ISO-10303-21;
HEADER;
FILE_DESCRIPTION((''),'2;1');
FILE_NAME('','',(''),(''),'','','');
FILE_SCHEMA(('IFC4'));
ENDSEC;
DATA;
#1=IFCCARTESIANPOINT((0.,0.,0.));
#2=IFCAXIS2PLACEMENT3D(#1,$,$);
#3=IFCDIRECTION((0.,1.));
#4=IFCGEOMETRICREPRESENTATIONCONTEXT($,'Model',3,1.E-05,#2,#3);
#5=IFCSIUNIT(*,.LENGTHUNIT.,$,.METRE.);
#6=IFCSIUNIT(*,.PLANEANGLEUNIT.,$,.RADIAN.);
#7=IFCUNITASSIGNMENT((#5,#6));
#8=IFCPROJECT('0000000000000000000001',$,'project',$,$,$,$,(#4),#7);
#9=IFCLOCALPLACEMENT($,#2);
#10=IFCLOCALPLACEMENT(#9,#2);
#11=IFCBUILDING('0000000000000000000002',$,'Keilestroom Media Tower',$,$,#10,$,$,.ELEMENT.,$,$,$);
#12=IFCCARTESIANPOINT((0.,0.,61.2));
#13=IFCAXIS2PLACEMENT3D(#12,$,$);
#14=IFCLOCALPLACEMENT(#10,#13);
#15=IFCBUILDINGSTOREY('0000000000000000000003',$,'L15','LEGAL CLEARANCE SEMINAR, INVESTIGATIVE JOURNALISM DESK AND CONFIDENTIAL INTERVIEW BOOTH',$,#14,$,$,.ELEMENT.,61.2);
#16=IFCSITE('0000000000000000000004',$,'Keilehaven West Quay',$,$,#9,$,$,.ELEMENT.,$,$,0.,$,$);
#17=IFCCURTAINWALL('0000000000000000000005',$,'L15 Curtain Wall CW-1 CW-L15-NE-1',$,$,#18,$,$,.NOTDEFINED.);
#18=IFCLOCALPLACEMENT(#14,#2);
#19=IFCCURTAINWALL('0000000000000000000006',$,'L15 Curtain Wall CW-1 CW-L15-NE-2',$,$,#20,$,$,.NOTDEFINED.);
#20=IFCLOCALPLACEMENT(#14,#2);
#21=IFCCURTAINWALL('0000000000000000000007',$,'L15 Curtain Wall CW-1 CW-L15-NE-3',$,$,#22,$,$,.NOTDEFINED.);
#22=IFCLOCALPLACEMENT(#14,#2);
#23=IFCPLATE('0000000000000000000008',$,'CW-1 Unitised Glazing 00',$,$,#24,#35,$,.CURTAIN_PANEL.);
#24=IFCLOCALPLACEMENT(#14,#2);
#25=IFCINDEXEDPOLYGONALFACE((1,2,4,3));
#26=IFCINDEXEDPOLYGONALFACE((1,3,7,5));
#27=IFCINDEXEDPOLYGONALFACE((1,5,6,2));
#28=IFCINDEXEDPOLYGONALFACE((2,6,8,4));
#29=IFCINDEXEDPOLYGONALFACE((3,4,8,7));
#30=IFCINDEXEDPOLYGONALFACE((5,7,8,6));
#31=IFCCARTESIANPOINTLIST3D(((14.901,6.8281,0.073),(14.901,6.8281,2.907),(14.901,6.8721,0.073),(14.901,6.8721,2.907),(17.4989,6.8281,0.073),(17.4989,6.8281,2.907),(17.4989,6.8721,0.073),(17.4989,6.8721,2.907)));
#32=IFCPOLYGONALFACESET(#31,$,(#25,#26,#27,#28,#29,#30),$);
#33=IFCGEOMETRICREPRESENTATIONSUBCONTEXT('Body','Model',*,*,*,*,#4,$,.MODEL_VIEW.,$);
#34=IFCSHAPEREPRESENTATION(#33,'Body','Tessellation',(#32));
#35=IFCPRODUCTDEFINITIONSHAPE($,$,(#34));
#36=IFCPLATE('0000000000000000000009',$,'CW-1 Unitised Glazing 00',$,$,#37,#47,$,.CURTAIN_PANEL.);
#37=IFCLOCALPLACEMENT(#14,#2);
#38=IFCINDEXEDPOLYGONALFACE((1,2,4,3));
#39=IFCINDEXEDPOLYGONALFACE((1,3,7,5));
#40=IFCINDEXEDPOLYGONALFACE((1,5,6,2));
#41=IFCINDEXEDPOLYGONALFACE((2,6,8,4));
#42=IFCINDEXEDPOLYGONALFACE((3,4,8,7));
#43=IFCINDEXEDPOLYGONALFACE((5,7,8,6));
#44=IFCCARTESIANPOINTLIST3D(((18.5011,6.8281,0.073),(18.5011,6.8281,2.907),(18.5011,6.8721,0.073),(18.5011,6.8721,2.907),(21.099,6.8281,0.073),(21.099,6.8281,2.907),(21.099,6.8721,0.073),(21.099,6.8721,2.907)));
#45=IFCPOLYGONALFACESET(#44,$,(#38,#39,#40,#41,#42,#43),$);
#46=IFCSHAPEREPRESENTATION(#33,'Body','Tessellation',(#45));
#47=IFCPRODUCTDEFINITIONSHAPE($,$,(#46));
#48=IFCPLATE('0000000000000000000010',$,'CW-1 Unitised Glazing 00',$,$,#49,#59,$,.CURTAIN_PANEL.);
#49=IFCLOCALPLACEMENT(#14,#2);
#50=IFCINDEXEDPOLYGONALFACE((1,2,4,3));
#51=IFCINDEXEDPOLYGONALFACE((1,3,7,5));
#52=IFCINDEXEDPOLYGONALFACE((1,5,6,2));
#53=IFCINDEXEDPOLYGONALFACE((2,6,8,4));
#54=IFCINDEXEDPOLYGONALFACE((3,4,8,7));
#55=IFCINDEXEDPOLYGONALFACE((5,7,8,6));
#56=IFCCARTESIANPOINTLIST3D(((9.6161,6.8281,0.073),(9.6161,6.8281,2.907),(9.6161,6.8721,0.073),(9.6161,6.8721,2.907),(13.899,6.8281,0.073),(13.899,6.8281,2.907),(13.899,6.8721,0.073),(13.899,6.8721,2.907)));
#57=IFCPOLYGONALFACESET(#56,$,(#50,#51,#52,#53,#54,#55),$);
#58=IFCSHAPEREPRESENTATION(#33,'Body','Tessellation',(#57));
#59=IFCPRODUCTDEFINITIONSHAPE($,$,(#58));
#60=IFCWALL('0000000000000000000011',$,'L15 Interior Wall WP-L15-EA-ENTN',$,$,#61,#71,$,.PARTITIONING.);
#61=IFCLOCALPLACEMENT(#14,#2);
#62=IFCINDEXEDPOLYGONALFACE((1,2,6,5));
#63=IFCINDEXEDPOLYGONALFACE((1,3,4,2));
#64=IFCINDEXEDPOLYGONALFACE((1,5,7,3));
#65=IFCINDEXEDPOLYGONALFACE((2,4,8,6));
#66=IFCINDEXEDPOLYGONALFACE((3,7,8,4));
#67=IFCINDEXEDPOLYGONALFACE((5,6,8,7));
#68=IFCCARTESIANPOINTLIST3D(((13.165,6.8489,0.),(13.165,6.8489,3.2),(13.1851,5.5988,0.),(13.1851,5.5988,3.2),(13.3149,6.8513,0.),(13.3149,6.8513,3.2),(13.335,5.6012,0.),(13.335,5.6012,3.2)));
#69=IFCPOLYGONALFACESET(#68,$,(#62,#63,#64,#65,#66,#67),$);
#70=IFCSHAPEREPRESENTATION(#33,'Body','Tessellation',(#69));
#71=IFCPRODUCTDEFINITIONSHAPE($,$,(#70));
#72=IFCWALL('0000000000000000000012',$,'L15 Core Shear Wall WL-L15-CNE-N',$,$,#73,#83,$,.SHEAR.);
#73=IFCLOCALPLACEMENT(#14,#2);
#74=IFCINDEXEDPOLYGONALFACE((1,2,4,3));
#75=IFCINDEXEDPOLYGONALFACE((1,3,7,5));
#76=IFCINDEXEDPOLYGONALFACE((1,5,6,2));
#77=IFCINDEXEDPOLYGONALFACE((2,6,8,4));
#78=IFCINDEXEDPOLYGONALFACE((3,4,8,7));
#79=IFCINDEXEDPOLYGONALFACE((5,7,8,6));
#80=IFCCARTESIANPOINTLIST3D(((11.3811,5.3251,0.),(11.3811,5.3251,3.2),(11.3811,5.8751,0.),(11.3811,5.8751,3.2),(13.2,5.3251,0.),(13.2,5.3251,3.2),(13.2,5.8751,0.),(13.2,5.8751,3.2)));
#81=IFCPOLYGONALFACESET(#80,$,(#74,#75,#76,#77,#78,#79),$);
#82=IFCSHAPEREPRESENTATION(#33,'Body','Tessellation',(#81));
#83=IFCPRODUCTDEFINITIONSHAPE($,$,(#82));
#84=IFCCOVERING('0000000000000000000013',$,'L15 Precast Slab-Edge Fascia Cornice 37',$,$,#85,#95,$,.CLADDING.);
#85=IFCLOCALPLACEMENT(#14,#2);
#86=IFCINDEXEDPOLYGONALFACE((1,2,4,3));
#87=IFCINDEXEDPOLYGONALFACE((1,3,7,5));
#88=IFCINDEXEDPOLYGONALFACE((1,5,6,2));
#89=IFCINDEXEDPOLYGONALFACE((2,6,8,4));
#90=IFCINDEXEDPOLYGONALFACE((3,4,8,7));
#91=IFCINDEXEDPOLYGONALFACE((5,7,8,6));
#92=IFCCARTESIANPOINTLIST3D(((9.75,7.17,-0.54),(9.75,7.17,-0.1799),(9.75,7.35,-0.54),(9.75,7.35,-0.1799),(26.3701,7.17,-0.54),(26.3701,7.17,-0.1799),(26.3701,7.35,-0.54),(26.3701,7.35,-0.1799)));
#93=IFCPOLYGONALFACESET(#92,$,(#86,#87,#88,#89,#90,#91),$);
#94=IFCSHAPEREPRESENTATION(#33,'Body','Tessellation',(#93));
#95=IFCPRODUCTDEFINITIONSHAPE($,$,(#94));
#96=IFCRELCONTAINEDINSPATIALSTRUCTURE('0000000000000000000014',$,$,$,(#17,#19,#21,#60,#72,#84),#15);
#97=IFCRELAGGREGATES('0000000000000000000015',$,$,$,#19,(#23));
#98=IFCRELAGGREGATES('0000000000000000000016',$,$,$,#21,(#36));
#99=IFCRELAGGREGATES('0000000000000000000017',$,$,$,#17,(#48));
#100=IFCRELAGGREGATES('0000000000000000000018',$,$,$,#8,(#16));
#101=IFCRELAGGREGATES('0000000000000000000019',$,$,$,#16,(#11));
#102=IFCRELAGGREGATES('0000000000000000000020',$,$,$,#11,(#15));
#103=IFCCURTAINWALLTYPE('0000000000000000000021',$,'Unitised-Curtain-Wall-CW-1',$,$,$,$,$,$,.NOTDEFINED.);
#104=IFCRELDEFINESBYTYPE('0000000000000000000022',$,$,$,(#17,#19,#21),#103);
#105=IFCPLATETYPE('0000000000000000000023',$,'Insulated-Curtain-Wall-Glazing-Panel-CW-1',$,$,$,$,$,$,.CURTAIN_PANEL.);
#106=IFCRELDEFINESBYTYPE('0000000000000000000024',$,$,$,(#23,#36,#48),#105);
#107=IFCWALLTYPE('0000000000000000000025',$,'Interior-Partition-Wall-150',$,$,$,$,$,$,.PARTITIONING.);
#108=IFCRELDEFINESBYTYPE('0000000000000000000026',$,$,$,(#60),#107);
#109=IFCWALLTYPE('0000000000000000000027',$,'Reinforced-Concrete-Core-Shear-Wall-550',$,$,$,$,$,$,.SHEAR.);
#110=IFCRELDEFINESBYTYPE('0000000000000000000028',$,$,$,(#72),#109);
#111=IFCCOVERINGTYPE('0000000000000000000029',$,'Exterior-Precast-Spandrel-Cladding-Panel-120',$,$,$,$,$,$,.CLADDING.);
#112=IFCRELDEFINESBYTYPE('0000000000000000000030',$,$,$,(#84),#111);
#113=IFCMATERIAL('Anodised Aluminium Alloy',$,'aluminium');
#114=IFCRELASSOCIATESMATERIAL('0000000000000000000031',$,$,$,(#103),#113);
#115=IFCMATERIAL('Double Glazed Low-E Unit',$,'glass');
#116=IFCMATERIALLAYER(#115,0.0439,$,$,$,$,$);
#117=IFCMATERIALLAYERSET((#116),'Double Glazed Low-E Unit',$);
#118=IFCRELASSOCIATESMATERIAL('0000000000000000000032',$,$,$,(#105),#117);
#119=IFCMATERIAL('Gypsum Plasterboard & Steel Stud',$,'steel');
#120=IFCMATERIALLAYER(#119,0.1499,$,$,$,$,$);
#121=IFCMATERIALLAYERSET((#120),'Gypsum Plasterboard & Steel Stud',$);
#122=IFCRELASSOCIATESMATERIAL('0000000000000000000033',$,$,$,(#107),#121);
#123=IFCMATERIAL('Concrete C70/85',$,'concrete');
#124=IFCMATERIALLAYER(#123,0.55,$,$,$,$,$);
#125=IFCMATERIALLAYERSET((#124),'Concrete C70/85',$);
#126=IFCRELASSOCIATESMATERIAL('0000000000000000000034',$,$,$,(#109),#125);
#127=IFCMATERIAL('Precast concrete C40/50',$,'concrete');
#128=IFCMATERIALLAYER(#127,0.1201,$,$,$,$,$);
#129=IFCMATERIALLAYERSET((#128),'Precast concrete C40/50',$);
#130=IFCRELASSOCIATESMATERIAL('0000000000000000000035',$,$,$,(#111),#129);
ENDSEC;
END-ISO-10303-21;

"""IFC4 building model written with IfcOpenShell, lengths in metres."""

from ifc_helpers import new_model, si_unit, direction, frame, frame_2d, origin, origin_2d, place, context, subcontext, project, spatial, rectangle, extrude, source, transform, mapped, material, layer, layer_set, type_object, element, aggregate, save


model = new_model("IFC4")

# Units and contexts
model_context = context("Model", 3, precision=1e-05, world=origin(), true_north=direction((0.0, 1.0)))
body_context = subcontext(model_context, "Body", "Model", "MODEL_VIEW")
ifc_project = project(units=[si_unit("LENGTHUNIT", "METRE"), si_unit("PLANEANGLEUNIT", "RADIAN")], contexts=[model_context])

# Site, building, storey
site_placement = place(None, origin())
site = spatial("IfcSite", under=ifc_project, at=site_placement, Name="Keilehaven West Quay", CompositionType="ELEMENT", RefElevation=0.0)
building_placement = place(site_placement, origin())
building = spatial("IfcBuilding", under=site, at=building_placement, Name="Keilestroom Media Tower", CompositionType="ELEMENT")
storey_placement = place(building_placement, frame((0.0, 0.0, 61.2)))
storey = spatial("IfcBuildingStorey", under=building, at=storey_placement, Name="L15", Description="LEGAL CLEARANCE SEMINAR, INVESTIGATIVE JOURNALISM DESK AND CONFIDENTIAL INTERVIEW BOOTH", CompositionType="ELEMENT", Elevation=61.2)

# Shared definitions
ifc_material_1 = material(Name="Precast concrete C40/50", Category="concrete")

# Curtain wall
ifc_material_2 = material(Name="Anodised Aluminium Alloy", Category="aluminium")
curtain_wall_type = type_object("IfcCurtainWallType", Name="Unitised-Curtain-Wall-CW-1", PredefinedType="NOTDEFINED", material=ifc_material_2)
curtain_wall_1_placement = place(storey_placement, origin())
curtain_wall_1 = element("IfcCurtainWall", 1, at=curtain_wall_1_placement, inside=storey, type_object=curtain_wall_type, Name="L15 Curtain Wall CW-1 CW-L15-NE-1", PredefinedType="NOTDEFINED")

# Curtain walls
curtain_wall_2_placement = place(storey_placement, origin())
curtain_wall_2 = element("IfcCurtainWall", 2, at=curtain_wall_2_placement, inside=storey, type_object=curtain_wall_type, Name="L15 Curtain Wall CW-1 CW-L15-NE-2", PredefinedType="NOTDEFINED")
curtain_wall_3_placement = place(storey_placement, origin())
curtain_wall_3 = element("IfcCurtainWall", 3, at=curtain_wall_3_placement, inside=storey, type_object=curtain_wall_type, Name="L15 Curtain Wall CW-1 CW-L15-NE-3", PredefinedType="NOTDEFINED")

# Plates
ifc_material_3 = material(Name="Double Glazed Low-E Unit", Category="glass")
ifc_layer_1 = layer(ifc_material_3, 0.0439)
ifc_layer_set_1 = layer_set([ifc_layer_1], Name="Double Glazed Low-E Unit")
plate_type = type_object("IfcPlateType", Name="Insulated-Curtain-Wall-Glazing-Panel-CW-1", PredefinedType="CURTAIN_PANEL", material=ifc_layer_set_1)
shared_shape_1 = source(origin(), body_context, "Body", "SweptSolid", [
    extrude(rectangle(XDim=2.5979, YDim=0.0439, at=origin_2d()), origin(), (0.0, 0.0, 1.0), 2.834),
])
plate_1_placement = place(storey_placement, frame((16.2, 6.8501, 0.073), z_axis=(0.0, 0.0, 1.0), x_axis=(1.0, 0.0, 0.0)))
plate_1 = element("IfcPlate", 4, at=plate_1_placement, type_object=plate_type, Name="CW-1 Unitised Glazing 00", PredefinedType="CURTAIN_PANEL", context=body_context, shape_type="MappedRepresentation", body=[
    mapped(shared_shape_1, transform((0.0, 0.0, 0.0), x_axis=(1.0, 0.0, 0.0), y_axis=(0.0, 1.0, 0.0), z_axis=(0.0, 0.0, 1.0), scale=1.0)),
])
aggregate(curtain_wall_2, [plate_1])
plate_2_placement = place(storey_placement, frame((19.8, 6.8501, 0.073), z_axis=(0.0, 0.0, 1.0), x_axis=(1.0, 0.0, 0.0)))
plate_2 = element("IfcPlate", 5, at=plate_2_placement, type_object=plate_type, Name="CW-1 Unitised Glazing 00", PredefinedType="CURTAIN_PANEL", context=body_context, shape_type="MappedRepresentation", body=[
    mapped(shared_shape_1, transform((0.0, 0.0, 0.0), x_axis=(1.0, 0.0, 0.0), y_axis=(0.0, 1.0, 0.0), z_axis=(0.0, 0.0, 1.0), scale=1.0)),
])
aggregate(curtain_wall_3, [plate_2])
shared_shape_2 = source(origin(), body_context, "Body", "SweptSolid", [
    extrude(rectangle(XDim=4.283, YDim=0.0439, at=origin_2d()), origin(), (0.0, 0.0, 1.0), 2.834),
])
plate_3_placement = place(storey_placement, frame((11.7576, 6.8501, 0.073), z_axis=(0.0, 0.0, 1.0), x_axis=(1.0, 0.0, 0.0)))
plate_3 = element("IfcPlate", 6, at=plate_3_placement, type_object=plate_type, Name="CW-1 Unitised Glazing 00", PredefinedType="CURTAIN_PANEL", context=body_context, shape_type="MappedRepresentation", body=[
    mapped(shared_shape_2, transform((0.0, 0.0, 0.0), x_axis=(1.0, 0.0, 0.0), y_axis=(0.0, 1.0, 0.0), z_axis=(0.0, 0.0, 1.0), scale=1.0)),
])
aggregate(curtain_wall_1, [plate_3])

# Walls
ifc_material_4 = material(Name="Gypsum Plasterboard & Steel Stud", Category="steel")
ifc_layer_2 = layer(ifc_material_4, 0.1499)
ifc_layer_set_2 = layer_set([ifc_layer_2], Name="Gypsum Plasterboard & Steel Stud")
wall_type_1 = type_object("IfcWallType", Name="Interior-Partition-Wall-150", PredefinedType="PARTITIONING", material=ifc_layer_set_2)
wall_1_placement = place(storey_placement, frame((13.26, 5.6001, 0.0), z_axis=(0.0, 0.0, 1.0), x_axis=(-0.016014, 0.999872, 0.0)))
element("IfcWall", 7, at=wall_1_placement, inside=storey, type_object=wall_type_1, Name="L15 Interior Wall WP-L15-EA-ENTN", PredefinedType="PARTITIONING", context=body_context, shape_type="SweptSolid", body=[
    extrude(rectangle(XDim=1.2502, YDim=0.1499, at=frame_2d((0.625, 0.0))), origin(), (0.0, 0.0, 1.0), 3.2),
])
ifc_material_5 = material(Name="Concrete C70/85", Category="concrete")
ifc_layer_3 = layer(ifc_material_5, 0.55)
ifc_layer_set_3 = layer_set([ifc_layer_3], Name="Concrete C70/85")
wall_type_2 = type_object("IfcWallType", Name="Reinforced-Concrete-Core-Shear-Wall-550", PredefinedType="SHEAR", material=ifc_layer_set_3)
wall_2_placement = place(storey_placement, frame((11.3811, 5.6001, 0.0), z_axis=(0.0, 0.0, 1.0), x_axis=(1.0, 0.0, 0.0)))
element("IfcWall", 8, at=wall_2_placement, inside=storey, type_object=wall_type_2, Name="L15 Core Shear Wall WL-L15-CNE-N", PredefinedType="SHEAR", context=body_context, shape_type="SweptSolid", body=[
    extrude(rectangle(XDim=1.8188, YDim=0.55, at=frame_2d((0.9094, 0.0))), origin(), (0.0, 0.0, 1.0), 3.2),
])

# Covering
ifc_layer_4 = layer(ifc_material_1, 0.1201)
ifc_layer_set_4 = layer_set([ifc_layer_4], Name="Precast concrete C40/50")
covering_type = type_object("IfcCoveringType", Name="Exterior-Precast-Spandrel-Cladding-Panel-120", PredefinedType="CLADDING", material=ifc_layer_set_4)
shared_shape_3 = source(origin(), body_context, "Body", "SweptSolid", [
    extrude(rectangle(XDim=16.6201, YDim=0.1799, at=origin_2d()), origin(), (0.0, 0.0, 1.0), 0.3601),
])
covering_placement = place(storey_placement, frame((18.0601, 7.26, -0.54), z_axis=(0.0, 0.0, 1.0), x_axis=(1.0, 0.0, 0.0)))
element("IfcCovering", 9, at=covering_placement, inside=storey, type_object=covering_type, Name="L15 Precast Slab-Edge Fascia Cornice 37", PredefinedType="CLADDING", context=body_context, shape_type="MappedRepresentation", body=[
    mapped(shared_shape_3, transform((0.0, 0.0, 0.0), x_axis=(1.0, 0.0, 0.0), y_axis=(0.0, 1.0, 0.0), z_axis=(0.0, 0.0, 1.0), scale=1.0)),
])

save(model, "model.ifc")
